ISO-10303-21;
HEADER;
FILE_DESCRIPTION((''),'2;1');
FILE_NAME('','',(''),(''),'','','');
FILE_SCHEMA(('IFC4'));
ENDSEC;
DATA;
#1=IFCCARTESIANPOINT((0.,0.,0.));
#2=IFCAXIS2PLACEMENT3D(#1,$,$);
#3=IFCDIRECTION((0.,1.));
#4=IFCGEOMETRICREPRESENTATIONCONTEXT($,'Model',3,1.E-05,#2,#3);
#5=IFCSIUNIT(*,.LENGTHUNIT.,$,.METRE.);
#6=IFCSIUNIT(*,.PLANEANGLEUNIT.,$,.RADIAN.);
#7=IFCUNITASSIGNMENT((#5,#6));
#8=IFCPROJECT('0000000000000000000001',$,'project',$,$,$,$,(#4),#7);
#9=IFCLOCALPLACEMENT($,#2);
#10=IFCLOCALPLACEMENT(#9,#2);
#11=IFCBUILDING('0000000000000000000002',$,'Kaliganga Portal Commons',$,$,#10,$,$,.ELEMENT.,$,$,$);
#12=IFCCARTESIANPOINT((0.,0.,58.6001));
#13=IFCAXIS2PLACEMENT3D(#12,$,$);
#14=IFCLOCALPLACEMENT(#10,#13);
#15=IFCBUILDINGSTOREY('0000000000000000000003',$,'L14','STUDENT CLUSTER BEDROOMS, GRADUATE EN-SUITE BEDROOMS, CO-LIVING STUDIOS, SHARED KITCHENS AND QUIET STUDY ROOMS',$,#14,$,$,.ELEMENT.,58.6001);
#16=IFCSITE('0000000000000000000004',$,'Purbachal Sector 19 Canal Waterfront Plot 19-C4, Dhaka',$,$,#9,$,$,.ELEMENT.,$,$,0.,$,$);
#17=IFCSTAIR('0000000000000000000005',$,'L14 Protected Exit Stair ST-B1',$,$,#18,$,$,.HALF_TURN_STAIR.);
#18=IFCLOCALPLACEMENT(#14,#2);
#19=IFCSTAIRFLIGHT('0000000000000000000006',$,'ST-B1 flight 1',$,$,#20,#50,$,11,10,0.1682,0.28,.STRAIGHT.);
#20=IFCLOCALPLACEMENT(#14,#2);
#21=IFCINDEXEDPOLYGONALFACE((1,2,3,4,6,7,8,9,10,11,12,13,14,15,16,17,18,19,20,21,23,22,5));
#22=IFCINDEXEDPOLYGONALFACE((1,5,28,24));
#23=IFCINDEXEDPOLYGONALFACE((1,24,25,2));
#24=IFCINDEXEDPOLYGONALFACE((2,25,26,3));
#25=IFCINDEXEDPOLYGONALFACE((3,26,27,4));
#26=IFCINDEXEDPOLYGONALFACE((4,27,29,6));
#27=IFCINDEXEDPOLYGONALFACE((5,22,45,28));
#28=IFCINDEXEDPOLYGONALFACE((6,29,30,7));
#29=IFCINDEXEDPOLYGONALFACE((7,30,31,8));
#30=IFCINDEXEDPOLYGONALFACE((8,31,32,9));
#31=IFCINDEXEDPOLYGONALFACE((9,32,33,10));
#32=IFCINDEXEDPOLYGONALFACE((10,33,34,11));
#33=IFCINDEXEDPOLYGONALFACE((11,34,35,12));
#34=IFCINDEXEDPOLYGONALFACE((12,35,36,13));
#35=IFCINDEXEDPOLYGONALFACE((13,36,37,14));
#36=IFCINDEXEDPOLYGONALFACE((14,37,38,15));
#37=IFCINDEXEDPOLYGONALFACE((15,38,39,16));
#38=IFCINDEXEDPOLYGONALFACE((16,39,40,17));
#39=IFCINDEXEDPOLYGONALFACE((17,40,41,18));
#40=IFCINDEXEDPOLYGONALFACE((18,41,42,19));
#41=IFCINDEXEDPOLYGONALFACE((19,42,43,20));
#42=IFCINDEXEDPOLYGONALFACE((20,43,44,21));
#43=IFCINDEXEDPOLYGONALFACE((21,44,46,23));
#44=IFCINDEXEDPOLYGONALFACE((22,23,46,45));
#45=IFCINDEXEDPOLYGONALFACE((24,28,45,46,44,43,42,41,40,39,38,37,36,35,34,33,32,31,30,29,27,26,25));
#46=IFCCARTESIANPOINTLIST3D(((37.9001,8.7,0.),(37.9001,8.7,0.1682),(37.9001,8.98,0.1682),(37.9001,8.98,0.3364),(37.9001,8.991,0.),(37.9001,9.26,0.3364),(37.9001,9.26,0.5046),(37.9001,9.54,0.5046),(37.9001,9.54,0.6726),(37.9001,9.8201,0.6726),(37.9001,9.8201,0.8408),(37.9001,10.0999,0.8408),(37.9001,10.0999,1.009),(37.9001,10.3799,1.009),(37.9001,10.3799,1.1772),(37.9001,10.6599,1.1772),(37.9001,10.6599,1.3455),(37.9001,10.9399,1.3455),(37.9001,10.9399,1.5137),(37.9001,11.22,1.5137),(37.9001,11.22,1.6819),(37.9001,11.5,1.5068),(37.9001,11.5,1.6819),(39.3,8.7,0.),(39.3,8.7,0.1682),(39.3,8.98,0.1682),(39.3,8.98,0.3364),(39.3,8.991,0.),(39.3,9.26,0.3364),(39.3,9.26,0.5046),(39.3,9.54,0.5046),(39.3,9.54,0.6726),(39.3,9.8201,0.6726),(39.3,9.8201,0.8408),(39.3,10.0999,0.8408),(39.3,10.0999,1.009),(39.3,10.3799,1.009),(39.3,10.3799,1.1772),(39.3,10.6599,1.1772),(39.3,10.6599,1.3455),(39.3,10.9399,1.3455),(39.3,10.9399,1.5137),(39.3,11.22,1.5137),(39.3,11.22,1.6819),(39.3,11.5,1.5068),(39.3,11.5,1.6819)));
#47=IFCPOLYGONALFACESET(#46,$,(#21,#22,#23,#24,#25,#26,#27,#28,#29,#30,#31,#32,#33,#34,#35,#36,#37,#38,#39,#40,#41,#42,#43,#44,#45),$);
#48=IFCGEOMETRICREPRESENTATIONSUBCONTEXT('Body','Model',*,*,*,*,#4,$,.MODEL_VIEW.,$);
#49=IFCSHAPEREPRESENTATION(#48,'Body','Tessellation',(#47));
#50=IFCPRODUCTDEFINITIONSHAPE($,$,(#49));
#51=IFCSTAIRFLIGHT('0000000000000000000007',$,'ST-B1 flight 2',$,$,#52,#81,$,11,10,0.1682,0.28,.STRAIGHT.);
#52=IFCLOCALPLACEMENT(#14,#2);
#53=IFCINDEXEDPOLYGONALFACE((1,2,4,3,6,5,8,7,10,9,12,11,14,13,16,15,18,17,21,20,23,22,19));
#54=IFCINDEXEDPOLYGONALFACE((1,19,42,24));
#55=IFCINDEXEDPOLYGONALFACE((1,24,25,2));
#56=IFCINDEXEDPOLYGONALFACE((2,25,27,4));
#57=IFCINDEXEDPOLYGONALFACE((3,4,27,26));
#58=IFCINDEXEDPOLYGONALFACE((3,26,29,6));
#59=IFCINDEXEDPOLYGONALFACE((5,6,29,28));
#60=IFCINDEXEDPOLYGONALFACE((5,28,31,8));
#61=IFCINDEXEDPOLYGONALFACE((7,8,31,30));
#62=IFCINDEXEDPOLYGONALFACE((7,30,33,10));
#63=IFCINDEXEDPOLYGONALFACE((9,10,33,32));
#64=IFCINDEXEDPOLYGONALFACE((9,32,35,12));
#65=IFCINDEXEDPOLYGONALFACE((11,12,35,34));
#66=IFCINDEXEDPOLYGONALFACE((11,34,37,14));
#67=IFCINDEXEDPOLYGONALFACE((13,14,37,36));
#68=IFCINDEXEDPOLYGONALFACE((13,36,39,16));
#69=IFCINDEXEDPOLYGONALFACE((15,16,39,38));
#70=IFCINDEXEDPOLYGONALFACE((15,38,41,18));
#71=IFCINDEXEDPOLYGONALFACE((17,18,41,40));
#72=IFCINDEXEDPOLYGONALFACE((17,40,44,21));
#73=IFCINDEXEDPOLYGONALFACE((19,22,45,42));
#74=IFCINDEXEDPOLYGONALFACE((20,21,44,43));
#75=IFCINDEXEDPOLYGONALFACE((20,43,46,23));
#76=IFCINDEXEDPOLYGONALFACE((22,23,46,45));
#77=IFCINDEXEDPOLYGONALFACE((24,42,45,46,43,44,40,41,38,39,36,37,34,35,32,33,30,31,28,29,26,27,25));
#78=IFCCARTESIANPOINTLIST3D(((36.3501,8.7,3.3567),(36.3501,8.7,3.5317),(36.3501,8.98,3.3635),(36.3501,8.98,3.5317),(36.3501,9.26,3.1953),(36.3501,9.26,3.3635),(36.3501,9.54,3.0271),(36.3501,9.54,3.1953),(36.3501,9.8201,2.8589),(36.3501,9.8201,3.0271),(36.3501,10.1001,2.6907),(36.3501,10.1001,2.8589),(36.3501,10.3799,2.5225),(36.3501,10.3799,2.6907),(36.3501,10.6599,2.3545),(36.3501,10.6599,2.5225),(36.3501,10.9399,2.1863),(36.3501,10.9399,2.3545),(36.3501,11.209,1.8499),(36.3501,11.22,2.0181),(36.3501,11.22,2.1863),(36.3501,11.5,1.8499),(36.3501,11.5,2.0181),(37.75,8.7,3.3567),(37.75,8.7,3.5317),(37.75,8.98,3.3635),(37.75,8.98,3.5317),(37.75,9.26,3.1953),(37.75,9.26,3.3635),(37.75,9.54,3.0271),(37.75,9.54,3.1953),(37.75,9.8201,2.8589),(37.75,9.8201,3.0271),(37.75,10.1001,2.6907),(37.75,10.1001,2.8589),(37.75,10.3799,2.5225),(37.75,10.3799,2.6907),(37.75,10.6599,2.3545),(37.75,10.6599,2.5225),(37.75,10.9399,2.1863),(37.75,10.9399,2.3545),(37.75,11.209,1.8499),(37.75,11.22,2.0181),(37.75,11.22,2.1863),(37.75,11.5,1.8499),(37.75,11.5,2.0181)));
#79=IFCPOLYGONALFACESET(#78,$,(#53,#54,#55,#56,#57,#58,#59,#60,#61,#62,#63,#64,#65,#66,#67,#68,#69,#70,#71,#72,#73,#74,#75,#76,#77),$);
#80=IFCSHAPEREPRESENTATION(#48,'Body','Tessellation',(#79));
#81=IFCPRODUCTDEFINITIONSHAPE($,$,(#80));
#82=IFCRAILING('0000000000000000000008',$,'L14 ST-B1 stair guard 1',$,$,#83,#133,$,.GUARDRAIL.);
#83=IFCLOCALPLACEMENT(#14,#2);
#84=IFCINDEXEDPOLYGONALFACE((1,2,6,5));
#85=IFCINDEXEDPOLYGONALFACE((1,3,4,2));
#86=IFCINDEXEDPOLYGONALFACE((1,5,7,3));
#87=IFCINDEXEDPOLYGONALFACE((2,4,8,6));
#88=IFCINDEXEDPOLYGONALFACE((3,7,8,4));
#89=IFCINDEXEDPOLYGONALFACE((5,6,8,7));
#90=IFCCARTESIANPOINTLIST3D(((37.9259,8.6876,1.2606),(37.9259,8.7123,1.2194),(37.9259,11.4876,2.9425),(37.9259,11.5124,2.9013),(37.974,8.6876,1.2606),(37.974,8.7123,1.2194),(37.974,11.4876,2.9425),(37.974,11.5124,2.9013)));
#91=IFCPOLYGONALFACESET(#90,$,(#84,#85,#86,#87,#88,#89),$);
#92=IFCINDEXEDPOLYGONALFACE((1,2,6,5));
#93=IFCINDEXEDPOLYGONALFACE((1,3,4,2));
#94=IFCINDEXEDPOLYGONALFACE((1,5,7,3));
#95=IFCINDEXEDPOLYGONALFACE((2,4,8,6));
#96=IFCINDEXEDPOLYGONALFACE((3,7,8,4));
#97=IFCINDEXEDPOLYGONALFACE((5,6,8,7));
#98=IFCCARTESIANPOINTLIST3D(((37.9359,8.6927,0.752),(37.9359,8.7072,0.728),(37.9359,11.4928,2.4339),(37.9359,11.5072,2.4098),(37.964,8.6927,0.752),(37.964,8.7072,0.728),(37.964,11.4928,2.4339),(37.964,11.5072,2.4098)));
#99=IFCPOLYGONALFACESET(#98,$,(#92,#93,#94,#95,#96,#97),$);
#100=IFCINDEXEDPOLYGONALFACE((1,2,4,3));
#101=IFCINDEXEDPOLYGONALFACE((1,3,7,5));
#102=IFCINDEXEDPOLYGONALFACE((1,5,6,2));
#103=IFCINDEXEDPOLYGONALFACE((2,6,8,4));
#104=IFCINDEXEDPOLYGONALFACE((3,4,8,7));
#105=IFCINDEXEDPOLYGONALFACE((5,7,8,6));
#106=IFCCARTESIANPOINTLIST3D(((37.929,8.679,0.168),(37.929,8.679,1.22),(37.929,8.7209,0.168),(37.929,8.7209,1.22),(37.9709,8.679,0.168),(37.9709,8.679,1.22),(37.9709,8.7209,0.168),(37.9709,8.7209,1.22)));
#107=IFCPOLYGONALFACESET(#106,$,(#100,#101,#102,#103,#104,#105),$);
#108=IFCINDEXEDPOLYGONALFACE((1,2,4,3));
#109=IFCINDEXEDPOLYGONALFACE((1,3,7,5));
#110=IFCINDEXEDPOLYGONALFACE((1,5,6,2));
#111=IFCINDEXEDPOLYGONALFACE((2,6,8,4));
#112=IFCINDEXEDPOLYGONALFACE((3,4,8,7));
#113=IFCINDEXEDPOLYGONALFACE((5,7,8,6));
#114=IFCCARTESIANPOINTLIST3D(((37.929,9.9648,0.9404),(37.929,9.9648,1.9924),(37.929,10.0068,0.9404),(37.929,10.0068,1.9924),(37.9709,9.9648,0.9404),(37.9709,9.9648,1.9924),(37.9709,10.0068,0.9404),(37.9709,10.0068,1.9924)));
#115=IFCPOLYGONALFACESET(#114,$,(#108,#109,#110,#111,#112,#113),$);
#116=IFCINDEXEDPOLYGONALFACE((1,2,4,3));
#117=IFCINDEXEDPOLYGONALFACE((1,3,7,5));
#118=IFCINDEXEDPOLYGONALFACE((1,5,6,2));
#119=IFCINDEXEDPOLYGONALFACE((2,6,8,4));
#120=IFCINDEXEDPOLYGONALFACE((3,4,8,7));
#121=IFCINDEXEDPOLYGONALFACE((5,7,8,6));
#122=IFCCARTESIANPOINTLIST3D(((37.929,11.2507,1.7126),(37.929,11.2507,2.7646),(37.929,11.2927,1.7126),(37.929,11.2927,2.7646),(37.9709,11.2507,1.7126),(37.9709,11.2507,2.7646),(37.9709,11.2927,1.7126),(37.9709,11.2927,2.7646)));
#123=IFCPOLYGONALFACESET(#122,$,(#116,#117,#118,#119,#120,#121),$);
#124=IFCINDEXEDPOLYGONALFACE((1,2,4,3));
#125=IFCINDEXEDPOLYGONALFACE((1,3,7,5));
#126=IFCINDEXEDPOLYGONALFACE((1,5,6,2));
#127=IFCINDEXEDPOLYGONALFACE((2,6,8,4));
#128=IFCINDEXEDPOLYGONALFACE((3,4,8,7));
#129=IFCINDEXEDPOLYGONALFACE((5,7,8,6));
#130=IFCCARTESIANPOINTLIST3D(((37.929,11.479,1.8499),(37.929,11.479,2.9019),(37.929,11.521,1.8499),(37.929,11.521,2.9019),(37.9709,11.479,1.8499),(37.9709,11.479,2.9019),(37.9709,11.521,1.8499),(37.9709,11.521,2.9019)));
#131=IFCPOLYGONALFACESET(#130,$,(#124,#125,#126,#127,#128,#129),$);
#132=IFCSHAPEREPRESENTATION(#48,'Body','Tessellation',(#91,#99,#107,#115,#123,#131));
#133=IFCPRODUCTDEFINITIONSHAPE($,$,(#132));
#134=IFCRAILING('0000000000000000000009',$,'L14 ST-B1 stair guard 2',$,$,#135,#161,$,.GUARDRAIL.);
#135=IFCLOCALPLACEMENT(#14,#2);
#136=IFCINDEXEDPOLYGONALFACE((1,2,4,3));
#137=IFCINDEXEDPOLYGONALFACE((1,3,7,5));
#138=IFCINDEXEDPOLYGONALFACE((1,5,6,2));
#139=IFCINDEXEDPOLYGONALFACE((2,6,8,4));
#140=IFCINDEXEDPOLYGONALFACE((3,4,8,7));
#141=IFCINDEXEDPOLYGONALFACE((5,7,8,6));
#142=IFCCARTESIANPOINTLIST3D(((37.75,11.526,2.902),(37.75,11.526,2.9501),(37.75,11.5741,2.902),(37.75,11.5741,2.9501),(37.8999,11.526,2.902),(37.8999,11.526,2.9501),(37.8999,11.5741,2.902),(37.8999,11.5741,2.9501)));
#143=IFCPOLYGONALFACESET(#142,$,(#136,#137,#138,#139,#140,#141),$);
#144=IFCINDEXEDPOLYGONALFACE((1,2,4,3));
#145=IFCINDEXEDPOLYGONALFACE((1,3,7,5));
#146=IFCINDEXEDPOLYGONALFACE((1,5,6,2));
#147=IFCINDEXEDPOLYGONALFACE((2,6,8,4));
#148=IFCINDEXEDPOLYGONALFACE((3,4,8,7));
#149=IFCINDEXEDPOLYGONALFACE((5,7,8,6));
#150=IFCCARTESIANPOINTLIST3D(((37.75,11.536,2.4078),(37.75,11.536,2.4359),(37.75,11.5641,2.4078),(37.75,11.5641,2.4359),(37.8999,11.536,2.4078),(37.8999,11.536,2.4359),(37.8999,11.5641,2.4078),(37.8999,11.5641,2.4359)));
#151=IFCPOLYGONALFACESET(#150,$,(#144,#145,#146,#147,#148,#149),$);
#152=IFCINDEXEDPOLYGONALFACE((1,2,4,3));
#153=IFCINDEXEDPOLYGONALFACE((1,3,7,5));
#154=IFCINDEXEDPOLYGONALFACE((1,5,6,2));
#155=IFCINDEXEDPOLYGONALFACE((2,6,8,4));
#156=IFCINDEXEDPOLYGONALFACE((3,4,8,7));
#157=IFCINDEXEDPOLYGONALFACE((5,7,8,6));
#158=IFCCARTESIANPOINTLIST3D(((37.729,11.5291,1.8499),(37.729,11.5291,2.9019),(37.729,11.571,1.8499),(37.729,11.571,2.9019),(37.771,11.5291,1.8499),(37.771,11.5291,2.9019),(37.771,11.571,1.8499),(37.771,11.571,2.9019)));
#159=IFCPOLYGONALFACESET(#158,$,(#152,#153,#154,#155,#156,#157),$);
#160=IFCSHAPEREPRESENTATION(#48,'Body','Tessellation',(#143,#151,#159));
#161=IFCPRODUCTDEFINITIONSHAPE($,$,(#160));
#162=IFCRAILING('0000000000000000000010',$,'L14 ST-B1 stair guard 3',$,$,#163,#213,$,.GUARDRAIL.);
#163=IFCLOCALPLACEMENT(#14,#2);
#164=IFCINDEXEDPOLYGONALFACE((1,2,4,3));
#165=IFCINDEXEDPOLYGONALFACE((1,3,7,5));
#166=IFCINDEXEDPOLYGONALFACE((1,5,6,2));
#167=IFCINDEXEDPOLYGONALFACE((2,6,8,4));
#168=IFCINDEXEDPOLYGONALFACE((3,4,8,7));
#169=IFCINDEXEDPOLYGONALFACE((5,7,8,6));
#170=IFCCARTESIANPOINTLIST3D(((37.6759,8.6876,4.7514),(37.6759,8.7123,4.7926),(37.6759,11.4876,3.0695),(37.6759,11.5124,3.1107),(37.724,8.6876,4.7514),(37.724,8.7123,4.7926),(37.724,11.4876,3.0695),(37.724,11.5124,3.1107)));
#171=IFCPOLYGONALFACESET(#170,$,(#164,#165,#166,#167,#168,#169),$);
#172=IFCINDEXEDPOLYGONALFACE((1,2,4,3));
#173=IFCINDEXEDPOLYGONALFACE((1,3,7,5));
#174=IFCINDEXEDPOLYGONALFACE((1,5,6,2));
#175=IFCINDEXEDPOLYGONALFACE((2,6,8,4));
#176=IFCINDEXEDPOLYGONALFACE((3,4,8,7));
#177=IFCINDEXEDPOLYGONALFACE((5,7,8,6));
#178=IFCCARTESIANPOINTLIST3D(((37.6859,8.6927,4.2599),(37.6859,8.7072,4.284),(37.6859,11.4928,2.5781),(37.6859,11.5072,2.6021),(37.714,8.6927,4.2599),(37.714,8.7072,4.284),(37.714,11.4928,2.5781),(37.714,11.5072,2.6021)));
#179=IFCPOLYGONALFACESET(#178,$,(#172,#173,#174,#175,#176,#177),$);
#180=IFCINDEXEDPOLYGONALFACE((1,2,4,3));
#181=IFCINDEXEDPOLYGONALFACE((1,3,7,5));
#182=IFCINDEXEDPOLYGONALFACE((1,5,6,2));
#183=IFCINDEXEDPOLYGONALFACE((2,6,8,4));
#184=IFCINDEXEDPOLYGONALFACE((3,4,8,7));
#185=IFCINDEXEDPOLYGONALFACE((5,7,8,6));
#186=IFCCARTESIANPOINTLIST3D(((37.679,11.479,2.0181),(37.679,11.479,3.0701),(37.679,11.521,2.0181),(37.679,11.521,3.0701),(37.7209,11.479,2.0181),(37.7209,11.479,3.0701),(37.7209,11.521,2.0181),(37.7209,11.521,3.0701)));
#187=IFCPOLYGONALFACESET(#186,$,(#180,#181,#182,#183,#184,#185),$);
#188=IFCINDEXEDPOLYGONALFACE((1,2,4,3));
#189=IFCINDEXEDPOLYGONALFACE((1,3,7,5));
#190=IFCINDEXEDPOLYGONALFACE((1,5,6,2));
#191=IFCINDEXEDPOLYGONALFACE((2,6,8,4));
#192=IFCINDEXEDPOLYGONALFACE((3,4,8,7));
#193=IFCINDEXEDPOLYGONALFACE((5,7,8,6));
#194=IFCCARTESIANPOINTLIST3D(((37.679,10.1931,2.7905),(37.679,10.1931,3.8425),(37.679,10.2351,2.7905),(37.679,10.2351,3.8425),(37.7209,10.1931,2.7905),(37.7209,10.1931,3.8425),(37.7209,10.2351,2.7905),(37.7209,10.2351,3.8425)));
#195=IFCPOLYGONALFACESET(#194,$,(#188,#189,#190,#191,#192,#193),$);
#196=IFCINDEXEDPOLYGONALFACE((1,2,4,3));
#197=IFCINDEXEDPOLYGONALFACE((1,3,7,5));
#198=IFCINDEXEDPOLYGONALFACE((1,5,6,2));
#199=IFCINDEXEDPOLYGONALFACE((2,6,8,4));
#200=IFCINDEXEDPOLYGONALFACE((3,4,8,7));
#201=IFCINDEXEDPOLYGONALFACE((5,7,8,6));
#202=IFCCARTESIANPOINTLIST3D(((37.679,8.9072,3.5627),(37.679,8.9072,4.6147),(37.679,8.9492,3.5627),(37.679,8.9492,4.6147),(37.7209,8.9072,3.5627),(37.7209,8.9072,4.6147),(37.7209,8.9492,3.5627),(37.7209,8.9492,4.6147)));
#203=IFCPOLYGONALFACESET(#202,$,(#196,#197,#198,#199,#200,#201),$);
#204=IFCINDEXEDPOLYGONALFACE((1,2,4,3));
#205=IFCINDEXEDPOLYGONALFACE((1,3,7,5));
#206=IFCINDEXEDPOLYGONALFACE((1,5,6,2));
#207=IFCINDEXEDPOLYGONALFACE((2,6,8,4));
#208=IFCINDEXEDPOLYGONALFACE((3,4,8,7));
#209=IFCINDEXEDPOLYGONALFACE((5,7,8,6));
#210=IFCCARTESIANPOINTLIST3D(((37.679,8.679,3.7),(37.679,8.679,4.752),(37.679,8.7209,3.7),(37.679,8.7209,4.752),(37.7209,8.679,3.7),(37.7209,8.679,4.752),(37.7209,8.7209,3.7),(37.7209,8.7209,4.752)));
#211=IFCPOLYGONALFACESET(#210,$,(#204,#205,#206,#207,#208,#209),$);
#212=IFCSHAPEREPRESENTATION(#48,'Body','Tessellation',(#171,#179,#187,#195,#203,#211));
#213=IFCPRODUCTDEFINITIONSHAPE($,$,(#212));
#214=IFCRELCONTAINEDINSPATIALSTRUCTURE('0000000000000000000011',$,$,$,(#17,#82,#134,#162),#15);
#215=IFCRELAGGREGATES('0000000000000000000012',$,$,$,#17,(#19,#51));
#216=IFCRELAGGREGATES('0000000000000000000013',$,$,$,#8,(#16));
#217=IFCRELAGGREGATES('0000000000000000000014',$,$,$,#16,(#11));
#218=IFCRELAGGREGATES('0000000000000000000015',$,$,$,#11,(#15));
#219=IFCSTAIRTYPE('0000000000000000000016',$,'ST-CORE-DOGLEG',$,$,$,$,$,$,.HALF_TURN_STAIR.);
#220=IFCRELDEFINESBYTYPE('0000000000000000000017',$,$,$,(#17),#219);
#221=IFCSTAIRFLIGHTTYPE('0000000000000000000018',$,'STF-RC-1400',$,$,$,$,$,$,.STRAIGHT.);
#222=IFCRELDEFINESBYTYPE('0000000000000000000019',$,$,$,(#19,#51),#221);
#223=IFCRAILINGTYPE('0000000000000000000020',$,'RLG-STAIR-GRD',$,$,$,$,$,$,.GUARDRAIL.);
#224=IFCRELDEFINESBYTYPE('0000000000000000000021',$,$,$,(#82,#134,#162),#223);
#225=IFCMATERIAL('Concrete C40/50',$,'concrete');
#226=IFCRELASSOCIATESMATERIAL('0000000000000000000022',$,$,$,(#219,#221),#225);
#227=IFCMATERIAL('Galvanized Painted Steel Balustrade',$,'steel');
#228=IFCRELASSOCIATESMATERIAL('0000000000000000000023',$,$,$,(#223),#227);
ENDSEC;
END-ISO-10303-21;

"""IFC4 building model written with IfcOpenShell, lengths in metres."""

from ifc_helpers import new_model, si_unit, direction, frame, origin, origin_2d, place, context, subcontext, project, spatial, polyline, rectangle, outline, extrude, material, type_object, element, aggregate, save


model = new_model("IFC4")

# Units and contexts
model_context = context("Model", 3, precision=1e-05, world=origin(), true_north=direction((0.0, 1.0)))
body_context = subcontext(model_context, "Body", "Model", "MODEL_VIEW")
ifc_project = project(units=[si_unit("LENGTHUNIT", "METRE"), si_unit("PLANEANGLEUNIT", "RADIAN")], contexts=[model_context])

# Site, building, storey
site_placement = place(None, origin())
site = spatial("IfcSite", under=ifc_project, at=site_placement, Name="Purbachal Sector 19 Canal Waterfront Plot 19-C4, Dhaka", CompositionType="ELEMENT", RefElevation=0.0)
building_placement = place(site_placement, origin())
building = spatial("IfcBuilding", under=site, at=building_placement, Name="Kaliganga Portal Commons", CompositionType="ELEMENT")
storey_placement = place(building_placement, frame((0.0, 0.0, 58.6001)))
storey = spatial("IfcBuildingStorey", under=building, at=storey_placement, Name="L14", Description="STUDENT CLUSTER BEDROOMS, GRADUATE EN-SUITE BEDROOMS, CO-LIVING STUDIOS, SHARED KITCHENS AND QUIET STUDY ROOMS", CompositionType="ELEMENT", Elevation=58.6001)

# Stair, stair flights
ifc_material_1 = material(Name="Concrete C40/50", Category="concrete")
stair_type = type_object("IfcStairType", Name="ST-CORE-DOGLEG", PredefinedType="HALF_TURN_STAIR", material=ifc_material_1)
stair_placement = place(storey_placement, origin())
stair = element("IfcStair", 1, at=stair_placement, inside=storey, type_object=stair_type, Name="L14 Protected Exit Stair ST-B1", PredefinedType="HALF_TURN_STAIR")
stair_flight_type = type_object("IfcStairFlightType", Name="STF-RC-1400", PredefinedType="STRAIGHT", material=ifc_material_1)
stair_flight_1_placement = place(storey_placement, frame((38.6001, 8.7, 0.0), z_axis=(0.0, 0.0, 1.0), x_axis=(0.0, 1.0, 0.0)))
stair_flight_1 = element("IfcStairFlight", 2, at=stair_flight_1_placement, type_object=stair_flight_type, Name="ST-B1 flight 1", NumberOfRisers=11, NumberOfTreads=10, PredefinedType="STRAIGHT", RiserHeight=0.1682, TreadLength=0.28, context=body_context, shape_type="SweptSolid", body=[
    extrude(outline(polyline([(0.0, 0.0), (0.0, 0.1682), (0.28, 0.1682), (0.28, 0.3364), (0.5601, 0.3364), (0.5601, 0.5046), (0.8401, 0.5046), (0.8401, 0.6726), (1.1201, 0.6726), (1.1201, 0.8408), (1.3999, 0.8408), (1.3999, 1.009), (1.6799, 1.009), (1.6799, 1.1772), (1.96, 1.1772), (1.96, 1.3455), (2.24, 1.3455), (2.24, 1.5137), (2.52, 1.5137), (2.52, 1.6819), (2.8, 1.6819), (2.8, 1.8501), (2.8, 1.5068), (0.291, 0.0), (0.0, 0.0)])), frame((0.0, 0.7, 0.0), z_axis=(0.0, -1.0, 0.0), x_axis=(1.0, 0.0, 0.0)), (0.0, 0.0, 1.0), 1.3999),
])
stair_flight_2_placement = place(storey_placement, frame((37.05, 11.5, 1.8499), z_axis=(0.0, 0.0, 1.0), x_axis=(0.0, -1.0, 0.0)))
stair_flight_2 = element("IfcStairFlight", 3, at=stair_flight_2_placement, type_object=stair_flight_type, Name="ST-B1 flight 2", NumberOfRisers=11, NumberOfTreads=10, PredefinedType="STRAIGHT", RiserHeight=0.1682, TreadLength=0.28, context=body_context, shape_type="SweptSolid", body=[
    extrude(outline(polyline([(0.0, 0.0), (0.0, 0.1682), (0.28, 0.1682), (0.28, 0.3364), (0.5601, 0.3364), (0.5601, 0.5046), (0.8401, 0.5046), (0.8401, 0.6726), (1.1201, 0.6726), (1.1201, 0.8408), (1.3999, 0.8408), (1.3999, 1.009), (1.6799, 1.009), (1.6799, 1.1772), (1.96, 1.1772), (1.96, 1.3455), (2.24, 1.3455), (2.24, 1.5137), (2.52, 1.5137), (2.52, 1.6819), (2.8, 1.6819), (2.8, 1.8501), (2.8, 1.5068), (0.291, 0.0), (0.0, 0.0)])), frame((0.0, 0.7, 0.0), z_axis=(0.0, -1.0, 0.0), x_axis=(1.0, 0.0, 0.0)), (0.0, 0.0, 1.0), 1.3999),
])
aggregate(stair, [stair_flight_1, stair_flight_2])

# Railings
ifc_material_2 = material(Name="Galvanized Painted Steel Balustrade", Category="steel")
railing_type_1 = type_object("IfcRailingType", Name="RLG-STAIR-GRD", PredefinedType="GUARDRAIL", material=ifc_material_2)
railing_1_placement = place(storey_placement, frame((37.95, 8.7, 0.168)))
element("IfcRailing", 4, at=railing_1_placement, inside=storey, type_object=railing_type_1, Name="L14 ST-B1 stair guard 1", PredefinedType="GUARDRAIL", context=body_context, shape_type="SweptSolid", body=[
    extrude(rectangle(XDim=0.0481, YDim=0.0481, at=origin_2d()), frame((0.0, 0.0, 1.072), z_axis=(0.0, 0.857242, 0.514913), x_axis=(-1.0, 0.0, 0.0)), (0.0, 0.0, 1.0), 3.2664),
    extrude(rectangle(XDim=0.0281, YDim=0.0281, at=origin_2d()), frame((0.0, 0.0, 0.572), z_axis=(0.0, 0.857242, 0.514913), x_axis=(-1.0, 0.0, 0.0)), (0.0, 0.0, 1.0), 3.2664),
    extrude(rectangle(XDim=0.042, YDim=0.042, at=origin_2d()), origin(), (0.0, 0.0, 1.0), 1.052),
    extrude(rectangle(XDim=0.042, YDim=0.042, at=origin_2d()), frame((0.0, 1.2859, 0.7725)), (0.0, 0.0, 1.0), 1.052),
    extrude(rectangle(XDim=0.042, YDim=0.042, at=origin_2d()), frame((0.0, 2.5718, 1.5447)), (0.0, 0.0, 1.0), 1.052),
    extrude(rectangle(XDim=0.042, YDim=0.042, at=origin_2d()), frame((0.0, 2.8, 1.6819)), (0.0, 0.0, 1.0), 1.052),
])
railing_2_placement = place(storey_placement, frame((37.8999, 11.55, 1.8499)))
element("IfcRailing", 5, at=railing_2_placement, inside=storey, type_object=railing_type_1, Name="L14 ST-B1 stair guard 2", PredefinedType="GUARDRAIL", context=body_context, shape_type="SweptSolid", body=[
    extrude(rectangle(XDim=0.0481, YDim=0.0481, at=origin_2d()), frame((0.0, 0.0, 1.0762), z_axis=(-1.0, 0.0, 0.0), x_axis=(0.0, -1.0, 0.0)), (0.0, 0.0, 1.0), 0.1499),
    extrude(rectangle(XDim=0.0281, YDim=0.0281, at=origin_2d()), frame((0.0, 0.0, 0.572), z_axis=(-1.0, 0.0, 0.0), x_axis=(0.0, -1.0, 0.0)), (0.0, 0.0, 1.0), 0.1499),
    extrude(rectangle(XDim=0.042, YDim=0.042, at=origin_2d()), frame((-0.1499, 0.0, 0.0)), (0.0, 0.0, 1.0), 1.052),
])
railing_3_placement = place(storey_placement, frame((37.7, 11.5, 2.0181)))
element("IfcRailing", 6, at=railing_3_placement, inside=storey, type_object=railing_type_1, Name="L14 ST-B1 stair guard 3", PredefinedType="GUARDRAIL", context=body_context, shape_type="SweptSolid", body=[
    extrude(rectangle(XDim=0.0481, YDim=0.0481, at=origin_2d()), frame((0.0, 0.0, 1.072), z_axis=(0.0, -0.857242, 0.514913), x_axis=(1.0, 0.0, 0.0)), (0.0, 0.0, 1.0), 3.2664),
    extrude(rectangle(XDim=0.0281, YDim=0.0281, at=origin_2d()), frame((0.0, 0.0, 0.572), z_axis=(0.0, -0.857242, 0.514913), x_axis=(1.0, 0.0, 0.0)), (0.0, 0.0, 1.0), 3.2664),
    extrude(rectangle(XDim=0.042, YDim=0.042, at=origin_2d()), origin(), (0.0, 0.0, 1.0), 1.052),
    extrude(rectangle(XDim=0.042, YDim=0.042, at=origin_2d()), frame((0.0, -1.2859, 0.7725)), (0.0, 0.0, 1.0), 1.052),
    extrude(rectangle(XDim=0.042, YDim=0.042, at=origin_2d()), frame((0.0, -2.5718, 1.5447)), (0.0, 0.0, 1.0), 1.052),
    extrude(rectangle(XDim=0.042, YDim=0.042, at=origin_2d()), frame((0.0, -2.8, 1.6819)), (0.0, 0.0, 1.0), 1.052),
])

save(model, "model.ifc")
